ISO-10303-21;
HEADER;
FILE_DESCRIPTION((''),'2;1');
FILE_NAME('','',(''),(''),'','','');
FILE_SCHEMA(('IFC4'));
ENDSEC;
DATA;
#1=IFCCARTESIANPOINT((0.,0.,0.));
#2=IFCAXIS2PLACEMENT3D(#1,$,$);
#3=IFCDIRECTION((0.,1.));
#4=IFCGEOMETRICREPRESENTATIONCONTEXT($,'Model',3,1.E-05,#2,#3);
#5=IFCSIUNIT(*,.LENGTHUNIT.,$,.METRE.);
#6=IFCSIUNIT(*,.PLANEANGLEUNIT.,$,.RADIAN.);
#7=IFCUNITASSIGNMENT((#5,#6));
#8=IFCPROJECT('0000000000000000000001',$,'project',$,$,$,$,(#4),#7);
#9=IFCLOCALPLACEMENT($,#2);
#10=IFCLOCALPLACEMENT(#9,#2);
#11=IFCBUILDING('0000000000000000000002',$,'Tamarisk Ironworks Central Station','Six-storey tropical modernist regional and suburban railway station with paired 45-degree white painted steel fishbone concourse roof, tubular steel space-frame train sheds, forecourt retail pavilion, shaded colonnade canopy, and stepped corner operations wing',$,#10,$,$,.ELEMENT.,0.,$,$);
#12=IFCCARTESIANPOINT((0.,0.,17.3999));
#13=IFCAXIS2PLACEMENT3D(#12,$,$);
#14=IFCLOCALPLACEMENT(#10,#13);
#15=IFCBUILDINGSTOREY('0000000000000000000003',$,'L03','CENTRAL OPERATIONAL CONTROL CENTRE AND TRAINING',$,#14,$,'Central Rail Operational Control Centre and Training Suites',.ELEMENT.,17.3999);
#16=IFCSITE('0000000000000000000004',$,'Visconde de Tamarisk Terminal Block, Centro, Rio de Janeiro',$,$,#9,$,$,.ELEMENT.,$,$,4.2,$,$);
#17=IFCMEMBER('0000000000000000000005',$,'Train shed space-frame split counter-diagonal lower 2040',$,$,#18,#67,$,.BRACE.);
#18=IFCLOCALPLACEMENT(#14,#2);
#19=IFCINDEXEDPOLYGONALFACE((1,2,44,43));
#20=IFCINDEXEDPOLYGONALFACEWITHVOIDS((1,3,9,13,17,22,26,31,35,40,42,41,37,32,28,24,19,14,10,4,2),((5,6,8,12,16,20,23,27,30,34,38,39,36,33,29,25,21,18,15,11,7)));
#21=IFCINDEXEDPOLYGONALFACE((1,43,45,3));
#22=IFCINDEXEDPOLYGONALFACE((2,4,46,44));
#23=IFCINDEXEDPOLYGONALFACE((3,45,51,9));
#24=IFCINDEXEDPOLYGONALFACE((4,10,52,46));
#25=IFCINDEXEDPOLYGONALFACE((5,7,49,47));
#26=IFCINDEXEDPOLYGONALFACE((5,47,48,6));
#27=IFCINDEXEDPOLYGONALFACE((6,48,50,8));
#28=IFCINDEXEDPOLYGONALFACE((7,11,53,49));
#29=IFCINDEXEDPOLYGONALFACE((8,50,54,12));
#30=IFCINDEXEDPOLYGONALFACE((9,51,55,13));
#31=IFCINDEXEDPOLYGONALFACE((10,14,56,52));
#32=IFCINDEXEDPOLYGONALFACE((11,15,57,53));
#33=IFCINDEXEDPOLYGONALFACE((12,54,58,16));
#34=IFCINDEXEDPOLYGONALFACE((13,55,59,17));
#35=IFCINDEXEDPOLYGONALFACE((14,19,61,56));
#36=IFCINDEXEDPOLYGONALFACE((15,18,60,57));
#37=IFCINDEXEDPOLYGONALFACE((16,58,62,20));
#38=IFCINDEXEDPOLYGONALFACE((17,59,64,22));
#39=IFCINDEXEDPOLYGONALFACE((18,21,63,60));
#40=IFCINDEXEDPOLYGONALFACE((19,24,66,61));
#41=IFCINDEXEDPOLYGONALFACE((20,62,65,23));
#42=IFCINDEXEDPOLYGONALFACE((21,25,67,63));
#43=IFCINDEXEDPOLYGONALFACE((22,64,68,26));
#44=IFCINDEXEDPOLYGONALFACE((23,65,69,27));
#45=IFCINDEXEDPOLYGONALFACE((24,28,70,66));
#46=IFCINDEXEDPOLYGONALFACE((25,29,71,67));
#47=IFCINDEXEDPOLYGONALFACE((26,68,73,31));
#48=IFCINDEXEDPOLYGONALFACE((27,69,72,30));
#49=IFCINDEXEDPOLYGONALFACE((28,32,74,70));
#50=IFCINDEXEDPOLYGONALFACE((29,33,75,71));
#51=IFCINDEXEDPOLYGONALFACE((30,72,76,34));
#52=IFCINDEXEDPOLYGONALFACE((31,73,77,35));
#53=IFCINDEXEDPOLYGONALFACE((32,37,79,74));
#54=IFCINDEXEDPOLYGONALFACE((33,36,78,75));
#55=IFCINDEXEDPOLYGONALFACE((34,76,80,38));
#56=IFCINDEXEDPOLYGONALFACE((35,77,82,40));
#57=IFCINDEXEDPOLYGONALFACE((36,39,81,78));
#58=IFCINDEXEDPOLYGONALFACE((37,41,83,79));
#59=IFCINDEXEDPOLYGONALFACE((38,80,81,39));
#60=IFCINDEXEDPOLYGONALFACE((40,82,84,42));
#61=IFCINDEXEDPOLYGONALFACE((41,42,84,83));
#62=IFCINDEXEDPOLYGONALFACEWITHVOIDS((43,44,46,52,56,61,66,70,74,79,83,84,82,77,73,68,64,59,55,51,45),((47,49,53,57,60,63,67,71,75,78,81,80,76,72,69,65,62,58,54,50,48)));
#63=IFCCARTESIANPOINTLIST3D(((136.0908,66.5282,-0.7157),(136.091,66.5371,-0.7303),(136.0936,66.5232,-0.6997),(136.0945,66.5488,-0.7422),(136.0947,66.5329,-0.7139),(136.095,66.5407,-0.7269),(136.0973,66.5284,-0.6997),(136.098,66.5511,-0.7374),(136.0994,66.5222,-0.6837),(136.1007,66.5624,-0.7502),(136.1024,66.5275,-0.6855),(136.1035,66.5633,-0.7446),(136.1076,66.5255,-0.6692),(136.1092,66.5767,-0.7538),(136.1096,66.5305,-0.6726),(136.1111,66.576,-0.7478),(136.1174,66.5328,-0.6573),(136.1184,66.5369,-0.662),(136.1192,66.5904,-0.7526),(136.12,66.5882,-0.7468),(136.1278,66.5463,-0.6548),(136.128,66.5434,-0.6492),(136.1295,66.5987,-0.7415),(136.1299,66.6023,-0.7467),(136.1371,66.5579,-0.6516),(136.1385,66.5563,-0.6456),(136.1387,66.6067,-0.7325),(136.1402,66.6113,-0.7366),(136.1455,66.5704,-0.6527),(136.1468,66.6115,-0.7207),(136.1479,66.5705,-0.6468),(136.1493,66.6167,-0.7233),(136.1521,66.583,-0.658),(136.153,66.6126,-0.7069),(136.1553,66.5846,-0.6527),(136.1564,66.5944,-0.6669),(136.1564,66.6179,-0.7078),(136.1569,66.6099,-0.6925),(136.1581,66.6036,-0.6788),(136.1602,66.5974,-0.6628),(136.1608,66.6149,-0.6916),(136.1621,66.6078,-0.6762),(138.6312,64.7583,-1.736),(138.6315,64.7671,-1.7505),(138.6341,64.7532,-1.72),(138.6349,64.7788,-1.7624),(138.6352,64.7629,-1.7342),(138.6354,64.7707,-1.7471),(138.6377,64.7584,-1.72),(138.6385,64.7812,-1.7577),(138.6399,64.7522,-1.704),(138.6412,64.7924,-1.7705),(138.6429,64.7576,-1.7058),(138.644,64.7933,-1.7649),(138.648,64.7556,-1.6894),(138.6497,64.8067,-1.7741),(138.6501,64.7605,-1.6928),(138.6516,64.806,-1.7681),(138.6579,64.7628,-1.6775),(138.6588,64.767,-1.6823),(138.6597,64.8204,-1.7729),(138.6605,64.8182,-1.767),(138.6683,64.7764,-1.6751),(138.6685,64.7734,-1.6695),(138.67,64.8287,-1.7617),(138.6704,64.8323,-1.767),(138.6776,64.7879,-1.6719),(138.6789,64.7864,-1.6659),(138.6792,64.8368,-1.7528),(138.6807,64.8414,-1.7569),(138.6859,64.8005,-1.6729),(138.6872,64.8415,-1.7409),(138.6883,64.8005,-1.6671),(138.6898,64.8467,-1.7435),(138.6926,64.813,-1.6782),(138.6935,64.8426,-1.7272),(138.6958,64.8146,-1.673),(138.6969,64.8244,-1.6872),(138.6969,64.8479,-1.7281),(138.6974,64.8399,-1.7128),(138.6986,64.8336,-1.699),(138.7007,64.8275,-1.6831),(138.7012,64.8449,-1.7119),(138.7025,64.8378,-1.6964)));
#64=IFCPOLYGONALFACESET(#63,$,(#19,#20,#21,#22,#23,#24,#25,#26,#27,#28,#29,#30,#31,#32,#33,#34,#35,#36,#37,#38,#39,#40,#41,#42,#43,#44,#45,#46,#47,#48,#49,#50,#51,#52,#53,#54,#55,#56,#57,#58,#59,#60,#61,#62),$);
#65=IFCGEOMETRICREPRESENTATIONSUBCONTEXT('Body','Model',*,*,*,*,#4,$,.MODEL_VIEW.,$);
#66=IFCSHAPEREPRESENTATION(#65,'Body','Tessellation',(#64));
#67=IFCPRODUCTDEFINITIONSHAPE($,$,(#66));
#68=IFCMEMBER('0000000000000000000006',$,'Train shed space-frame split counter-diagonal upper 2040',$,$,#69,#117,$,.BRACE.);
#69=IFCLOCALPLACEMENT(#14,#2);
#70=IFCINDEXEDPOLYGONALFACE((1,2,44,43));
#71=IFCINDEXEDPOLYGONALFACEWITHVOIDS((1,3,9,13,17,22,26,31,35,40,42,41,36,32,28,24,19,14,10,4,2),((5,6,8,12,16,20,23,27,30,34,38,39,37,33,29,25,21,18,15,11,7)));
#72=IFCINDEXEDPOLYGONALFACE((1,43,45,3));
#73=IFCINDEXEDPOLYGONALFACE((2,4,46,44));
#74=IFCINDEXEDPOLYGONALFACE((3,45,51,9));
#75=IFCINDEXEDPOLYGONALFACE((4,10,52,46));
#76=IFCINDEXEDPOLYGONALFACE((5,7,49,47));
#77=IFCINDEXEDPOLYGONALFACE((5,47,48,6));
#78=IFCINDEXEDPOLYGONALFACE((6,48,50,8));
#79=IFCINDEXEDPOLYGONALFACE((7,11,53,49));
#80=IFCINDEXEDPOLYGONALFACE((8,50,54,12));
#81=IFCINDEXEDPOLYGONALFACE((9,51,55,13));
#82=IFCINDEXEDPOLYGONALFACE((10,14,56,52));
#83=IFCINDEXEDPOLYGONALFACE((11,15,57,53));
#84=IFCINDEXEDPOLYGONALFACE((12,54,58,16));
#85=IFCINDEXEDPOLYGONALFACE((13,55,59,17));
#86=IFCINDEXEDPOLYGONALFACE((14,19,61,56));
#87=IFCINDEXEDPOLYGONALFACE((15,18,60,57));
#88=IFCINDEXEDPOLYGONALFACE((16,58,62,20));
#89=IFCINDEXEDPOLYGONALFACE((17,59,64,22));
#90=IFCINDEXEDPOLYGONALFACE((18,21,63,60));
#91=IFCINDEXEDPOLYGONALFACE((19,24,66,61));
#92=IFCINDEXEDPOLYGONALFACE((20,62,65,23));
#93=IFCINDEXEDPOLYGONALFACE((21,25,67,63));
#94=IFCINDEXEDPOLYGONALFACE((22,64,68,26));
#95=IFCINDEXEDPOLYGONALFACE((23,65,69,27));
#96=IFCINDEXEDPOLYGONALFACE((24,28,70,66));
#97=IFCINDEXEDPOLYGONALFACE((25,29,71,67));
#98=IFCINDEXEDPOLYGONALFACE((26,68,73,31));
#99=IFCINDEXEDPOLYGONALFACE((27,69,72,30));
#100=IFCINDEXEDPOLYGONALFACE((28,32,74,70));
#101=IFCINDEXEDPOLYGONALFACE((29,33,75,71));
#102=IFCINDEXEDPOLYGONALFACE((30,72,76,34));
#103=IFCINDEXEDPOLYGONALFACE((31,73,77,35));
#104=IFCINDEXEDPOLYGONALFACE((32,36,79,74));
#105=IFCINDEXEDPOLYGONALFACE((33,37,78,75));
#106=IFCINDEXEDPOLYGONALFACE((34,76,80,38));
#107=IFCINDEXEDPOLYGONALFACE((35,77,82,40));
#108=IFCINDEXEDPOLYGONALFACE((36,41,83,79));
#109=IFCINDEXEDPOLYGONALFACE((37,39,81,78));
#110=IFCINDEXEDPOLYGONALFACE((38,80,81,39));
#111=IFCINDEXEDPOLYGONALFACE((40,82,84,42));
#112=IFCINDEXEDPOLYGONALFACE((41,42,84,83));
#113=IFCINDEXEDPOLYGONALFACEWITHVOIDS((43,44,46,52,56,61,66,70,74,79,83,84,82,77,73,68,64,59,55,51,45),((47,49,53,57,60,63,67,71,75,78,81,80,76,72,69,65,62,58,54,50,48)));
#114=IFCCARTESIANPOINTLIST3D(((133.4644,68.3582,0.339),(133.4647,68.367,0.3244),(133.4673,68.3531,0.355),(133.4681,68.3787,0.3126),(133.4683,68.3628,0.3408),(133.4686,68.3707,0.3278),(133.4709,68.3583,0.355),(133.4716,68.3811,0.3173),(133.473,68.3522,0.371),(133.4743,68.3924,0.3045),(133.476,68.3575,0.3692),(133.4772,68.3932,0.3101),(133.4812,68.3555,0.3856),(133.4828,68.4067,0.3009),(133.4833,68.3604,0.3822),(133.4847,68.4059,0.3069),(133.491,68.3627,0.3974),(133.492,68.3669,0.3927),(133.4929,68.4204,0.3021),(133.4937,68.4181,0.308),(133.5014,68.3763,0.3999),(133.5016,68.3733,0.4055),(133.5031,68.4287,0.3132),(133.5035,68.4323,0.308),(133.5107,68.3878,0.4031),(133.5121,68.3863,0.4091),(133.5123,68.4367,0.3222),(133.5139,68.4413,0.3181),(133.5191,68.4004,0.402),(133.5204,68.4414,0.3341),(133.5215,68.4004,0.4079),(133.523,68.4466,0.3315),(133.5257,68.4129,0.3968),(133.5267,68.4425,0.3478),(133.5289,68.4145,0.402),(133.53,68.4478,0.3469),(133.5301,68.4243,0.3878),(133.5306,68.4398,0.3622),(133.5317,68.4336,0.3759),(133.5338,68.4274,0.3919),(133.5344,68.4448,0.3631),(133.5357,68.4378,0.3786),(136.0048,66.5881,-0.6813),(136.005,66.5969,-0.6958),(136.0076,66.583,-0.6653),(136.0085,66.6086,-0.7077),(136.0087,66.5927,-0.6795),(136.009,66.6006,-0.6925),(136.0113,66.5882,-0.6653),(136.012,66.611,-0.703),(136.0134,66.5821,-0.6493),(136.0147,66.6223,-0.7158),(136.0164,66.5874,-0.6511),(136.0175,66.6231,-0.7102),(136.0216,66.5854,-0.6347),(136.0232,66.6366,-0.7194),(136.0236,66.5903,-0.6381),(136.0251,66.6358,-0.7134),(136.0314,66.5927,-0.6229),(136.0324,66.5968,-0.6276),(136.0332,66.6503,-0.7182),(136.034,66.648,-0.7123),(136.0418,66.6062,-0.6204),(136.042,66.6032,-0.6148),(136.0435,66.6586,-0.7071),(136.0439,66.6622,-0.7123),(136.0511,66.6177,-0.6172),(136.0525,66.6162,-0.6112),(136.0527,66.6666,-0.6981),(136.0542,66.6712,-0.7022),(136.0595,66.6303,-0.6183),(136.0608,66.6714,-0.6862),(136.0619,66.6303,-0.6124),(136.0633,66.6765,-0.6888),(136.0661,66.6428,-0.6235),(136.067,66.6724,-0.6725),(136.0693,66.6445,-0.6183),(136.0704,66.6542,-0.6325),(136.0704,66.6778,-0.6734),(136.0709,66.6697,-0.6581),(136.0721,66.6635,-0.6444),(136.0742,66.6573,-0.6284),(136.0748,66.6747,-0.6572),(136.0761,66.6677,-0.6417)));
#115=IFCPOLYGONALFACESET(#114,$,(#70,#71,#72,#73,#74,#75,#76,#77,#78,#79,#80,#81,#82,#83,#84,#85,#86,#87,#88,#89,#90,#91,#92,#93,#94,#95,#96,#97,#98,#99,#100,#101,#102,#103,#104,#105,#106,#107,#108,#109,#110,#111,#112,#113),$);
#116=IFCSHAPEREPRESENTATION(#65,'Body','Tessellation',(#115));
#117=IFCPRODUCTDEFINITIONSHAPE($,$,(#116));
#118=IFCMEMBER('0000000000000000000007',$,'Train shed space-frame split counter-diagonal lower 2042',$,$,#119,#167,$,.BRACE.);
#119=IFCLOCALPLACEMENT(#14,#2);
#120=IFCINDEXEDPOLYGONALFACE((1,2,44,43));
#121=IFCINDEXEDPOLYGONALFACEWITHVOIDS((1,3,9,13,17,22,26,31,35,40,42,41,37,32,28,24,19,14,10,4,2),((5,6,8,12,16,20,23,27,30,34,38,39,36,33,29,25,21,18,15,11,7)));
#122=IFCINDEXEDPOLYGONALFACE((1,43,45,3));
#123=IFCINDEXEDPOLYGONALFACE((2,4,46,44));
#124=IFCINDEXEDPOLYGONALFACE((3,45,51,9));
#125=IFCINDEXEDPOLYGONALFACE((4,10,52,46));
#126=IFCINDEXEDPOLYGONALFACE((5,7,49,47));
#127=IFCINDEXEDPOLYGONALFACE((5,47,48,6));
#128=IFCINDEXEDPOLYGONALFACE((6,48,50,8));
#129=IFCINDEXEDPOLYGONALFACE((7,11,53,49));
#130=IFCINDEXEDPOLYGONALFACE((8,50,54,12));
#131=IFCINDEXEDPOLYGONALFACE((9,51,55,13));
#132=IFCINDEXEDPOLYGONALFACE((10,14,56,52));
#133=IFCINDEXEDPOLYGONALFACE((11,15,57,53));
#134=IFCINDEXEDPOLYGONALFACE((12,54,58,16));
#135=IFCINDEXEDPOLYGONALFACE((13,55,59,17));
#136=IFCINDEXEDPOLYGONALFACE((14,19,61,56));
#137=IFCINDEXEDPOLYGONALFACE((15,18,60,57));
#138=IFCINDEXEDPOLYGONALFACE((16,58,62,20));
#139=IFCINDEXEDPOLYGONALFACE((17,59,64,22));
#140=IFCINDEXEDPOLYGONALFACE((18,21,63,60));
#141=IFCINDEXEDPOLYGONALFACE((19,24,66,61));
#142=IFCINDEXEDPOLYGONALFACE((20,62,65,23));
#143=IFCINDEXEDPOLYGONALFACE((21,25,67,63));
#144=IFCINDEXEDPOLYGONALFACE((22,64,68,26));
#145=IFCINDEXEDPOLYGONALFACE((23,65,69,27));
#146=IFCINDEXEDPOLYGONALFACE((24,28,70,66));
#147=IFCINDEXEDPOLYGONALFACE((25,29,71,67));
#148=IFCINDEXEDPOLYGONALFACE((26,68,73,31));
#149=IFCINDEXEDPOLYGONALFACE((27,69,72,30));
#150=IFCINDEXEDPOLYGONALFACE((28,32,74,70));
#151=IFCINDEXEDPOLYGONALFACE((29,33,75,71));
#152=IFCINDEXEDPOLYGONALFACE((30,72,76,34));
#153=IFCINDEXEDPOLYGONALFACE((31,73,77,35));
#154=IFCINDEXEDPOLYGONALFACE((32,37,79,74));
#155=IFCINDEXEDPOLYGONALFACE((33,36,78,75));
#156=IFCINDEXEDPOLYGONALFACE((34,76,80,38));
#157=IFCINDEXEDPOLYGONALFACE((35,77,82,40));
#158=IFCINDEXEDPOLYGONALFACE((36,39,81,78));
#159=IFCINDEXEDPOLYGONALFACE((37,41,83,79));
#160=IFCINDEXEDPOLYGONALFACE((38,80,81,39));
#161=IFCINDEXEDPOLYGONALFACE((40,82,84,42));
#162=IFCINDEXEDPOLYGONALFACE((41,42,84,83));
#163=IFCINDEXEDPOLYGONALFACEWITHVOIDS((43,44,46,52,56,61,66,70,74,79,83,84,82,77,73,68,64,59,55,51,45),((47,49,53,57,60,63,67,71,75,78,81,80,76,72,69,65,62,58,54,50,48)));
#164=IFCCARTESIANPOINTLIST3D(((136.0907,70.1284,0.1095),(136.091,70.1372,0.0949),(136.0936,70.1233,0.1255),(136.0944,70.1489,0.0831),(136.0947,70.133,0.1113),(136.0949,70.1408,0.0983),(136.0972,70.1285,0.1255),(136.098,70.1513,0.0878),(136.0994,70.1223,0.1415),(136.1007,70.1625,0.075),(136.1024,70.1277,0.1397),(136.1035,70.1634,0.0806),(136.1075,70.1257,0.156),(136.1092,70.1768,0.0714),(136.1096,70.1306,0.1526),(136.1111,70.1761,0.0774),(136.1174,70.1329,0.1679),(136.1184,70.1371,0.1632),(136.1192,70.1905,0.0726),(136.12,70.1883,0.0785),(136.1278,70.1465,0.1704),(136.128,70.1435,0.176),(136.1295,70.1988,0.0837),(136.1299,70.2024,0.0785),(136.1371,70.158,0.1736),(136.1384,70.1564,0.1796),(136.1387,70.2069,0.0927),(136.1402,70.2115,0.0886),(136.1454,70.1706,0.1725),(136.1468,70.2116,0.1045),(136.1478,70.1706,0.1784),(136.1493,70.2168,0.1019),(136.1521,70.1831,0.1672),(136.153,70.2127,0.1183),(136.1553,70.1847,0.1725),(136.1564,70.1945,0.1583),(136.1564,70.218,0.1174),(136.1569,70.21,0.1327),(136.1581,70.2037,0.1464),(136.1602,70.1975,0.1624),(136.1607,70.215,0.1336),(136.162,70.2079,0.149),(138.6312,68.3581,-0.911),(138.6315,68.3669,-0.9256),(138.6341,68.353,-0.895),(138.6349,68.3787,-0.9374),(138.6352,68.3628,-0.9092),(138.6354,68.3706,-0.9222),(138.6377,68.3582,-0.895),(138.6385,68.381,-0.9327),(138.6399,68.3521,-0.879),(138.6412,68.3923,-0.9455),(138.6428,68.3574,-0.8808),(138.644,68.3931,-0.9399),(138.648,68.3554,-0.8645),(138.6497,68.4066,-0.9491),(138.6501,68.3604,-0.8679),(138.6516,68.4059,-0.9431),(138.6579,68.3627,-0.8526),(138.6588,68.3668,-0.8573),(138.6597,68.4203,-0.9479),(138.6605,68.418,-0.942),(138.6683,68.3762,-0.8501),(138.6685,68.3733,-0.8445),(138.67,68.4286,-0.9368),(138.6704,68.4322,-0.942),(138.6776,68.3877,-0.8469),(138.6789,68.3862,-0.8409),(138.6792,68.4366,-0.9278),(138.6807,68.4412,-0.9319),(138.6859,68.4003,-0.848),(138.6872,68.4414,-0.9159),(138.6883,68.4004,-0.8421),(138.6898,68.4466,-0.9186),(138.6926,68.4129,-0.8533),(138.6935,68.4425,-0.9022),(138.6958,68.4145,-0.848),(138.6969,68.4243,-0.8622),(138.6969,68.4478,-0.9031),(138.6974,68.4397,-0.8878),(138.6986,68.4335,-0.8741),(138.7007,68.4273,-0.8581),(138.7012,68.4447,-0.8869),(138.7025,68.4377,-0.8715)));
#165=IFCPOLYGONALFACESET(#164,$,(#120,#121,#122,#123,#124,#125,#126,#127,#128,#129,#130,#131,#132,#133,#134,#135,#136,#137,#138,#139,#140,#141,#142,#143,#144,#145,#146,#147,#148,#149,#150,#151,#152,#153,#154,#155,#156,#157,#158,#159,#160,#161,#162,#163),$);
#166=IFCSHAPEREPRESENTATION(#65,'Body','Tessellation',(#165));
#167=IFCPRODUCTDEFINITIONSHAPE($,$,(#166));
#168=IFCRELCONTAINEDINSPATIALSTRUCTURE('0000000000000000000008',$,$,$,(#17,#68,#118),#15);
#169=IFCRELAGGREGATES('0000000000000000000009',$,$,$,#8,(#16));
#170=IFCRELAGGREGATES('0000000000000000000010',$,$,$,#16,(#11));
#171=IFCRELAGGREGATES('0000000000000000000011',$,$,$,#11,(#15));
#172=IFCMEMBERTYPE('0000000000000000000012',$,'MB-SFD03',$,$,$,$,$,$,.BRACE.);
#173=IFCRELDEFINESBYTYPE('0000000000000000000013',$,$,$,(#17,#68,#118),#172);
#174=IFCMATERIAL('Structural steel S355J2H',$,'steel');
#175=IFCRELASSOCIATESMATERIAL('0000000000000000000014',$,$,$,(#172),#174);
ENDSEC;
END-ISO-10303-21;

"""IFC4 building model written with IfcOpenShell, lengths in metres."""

from ifc_helpers import new_model, si_unit, direction, frame, origin, origin_2d, place, context, subcontext, project, spatial, hollow_circle, extrude, material, material_profile, profile_set, type_object, element, save


model = new_model("IFC4")

# Units and contexts
model_context = context("Model", 3, precision=1e-05, world=origin(), true_north=direction((0.0, 1.0)))
body_context = subcontext(model_context, "Body", "Model", "MODEL_VIEW")
ifc_project = project(units=[si_unit("LENGTHUNIT", "METRE"), si_unit("PLANEANGLEUNIT", "RADIAN")], contexts=[model_context])

# Site, building, storey
site_placement = place(None, origin())
site = spatial("IfcSite", under=ifc_project, at=site_placement, Name="Visconde de Tamarisk Terminal Block, Centro, Rio de Janeiro", CompositionType="ELEMENT", RefElevation=4.2)
building_placement = place(site_placement, origin())
building = spatial("IfcBuilding", under=site, at=building_placement, Name="Tamarisk Ironworks Central Station", Description="Six-storey tropical modernist regional and suburban railway station with paired 45-degree white painted steel fishbone concourse roof, tubular steel space-frame train sheds, forecourt retail pavilion, shaded colonnade canopy, and stepped corner operations wing", CompositionType="ELEMENT", ElevationOfRefHeight=0.0)
storey_placement = place(building_placement, frame((0.0, 0.0, 17.3999)))
storey = spatial("IfcBuildingStorey", under=building, at=storey_placement, Name="L03", Description="CENTRAL OPERATIONAL CONTROL CENTRE AND TRAINING", LongName="Central Rail Operational Control Centre and Training Suites", CompositionType="ELEMENT", Elevation=17.3999)

# Members
ifc_material = material(Name="Structural steel S355J2H", Category="steel")
ifc_material_profile_1 = material_profile(ifc_material, hollow_circle(Radius=0.0571, WallThickness=0.0063, at=origin_2d()), Name="CHS 114.3x6.3")
ifc_profile_set_1 = profile_set([ifc_material_profile_1], Name="Structural steel S355J2H")
member_type_1 = type_object("IfcMemberType", Name="MB-SFD03", PredefinedType="BRACE", material=ifc_profile_set_1)
for number, where, z_axis, x_axis, name in (
    (1, (138.6667, 64.8, -1.72), (-0.779281, 0.542936, 0.312956), (-0.571651, -0.820497, 0.0), "Train shed space-frame split counter-diagonal lower 2040"),
    (2, (136.0403, 66.6299, -0.6653), (-0.779252, 0.542967, 0.312974), (-0.571688, -0.820471, 0.0), "Train shed space-frame split counter-diagonal upper 2040"),
):
    element("IfcMember", number, at=place(storey_placement, frame(where, z_axis=z_axis, x_axis=x_axis)), inside=storey, type_object=member_type_1, Name=name, PredefinedType="BRACE", context=body_context, shape_type="SweptSolid", body=[
        extrude(hollow_circle(Radius=0.0571, WallThickness=0.0063, at=origin_2d()), origin(), (0.0, 0.0, 1.0), 3.26),
    ])
member_1_placement = place(storey_placement, frame((138.6667, 68.3999, -0.895), z_axis=(-0.779231, 0.542976, 0.313011), x_axis=(-0.571704, -0.82046, 0.0)))
element("IfcMember", 3, at=member_1_placement, inside=storey, type_object=member_type_1, Name="Train shed space-frame split counter-diagonal lower 2042", PredefinedType="BRACE", context=body_context, shape_type="SweptSolid", body=[
    extrude(hollow_circle(Radius=0.0571, WallThickness=0.0063, at=origin_2d()), origin(), (0.0, 0.0, 1.0), 3.2603),
])

save(model, "model.ifc")
